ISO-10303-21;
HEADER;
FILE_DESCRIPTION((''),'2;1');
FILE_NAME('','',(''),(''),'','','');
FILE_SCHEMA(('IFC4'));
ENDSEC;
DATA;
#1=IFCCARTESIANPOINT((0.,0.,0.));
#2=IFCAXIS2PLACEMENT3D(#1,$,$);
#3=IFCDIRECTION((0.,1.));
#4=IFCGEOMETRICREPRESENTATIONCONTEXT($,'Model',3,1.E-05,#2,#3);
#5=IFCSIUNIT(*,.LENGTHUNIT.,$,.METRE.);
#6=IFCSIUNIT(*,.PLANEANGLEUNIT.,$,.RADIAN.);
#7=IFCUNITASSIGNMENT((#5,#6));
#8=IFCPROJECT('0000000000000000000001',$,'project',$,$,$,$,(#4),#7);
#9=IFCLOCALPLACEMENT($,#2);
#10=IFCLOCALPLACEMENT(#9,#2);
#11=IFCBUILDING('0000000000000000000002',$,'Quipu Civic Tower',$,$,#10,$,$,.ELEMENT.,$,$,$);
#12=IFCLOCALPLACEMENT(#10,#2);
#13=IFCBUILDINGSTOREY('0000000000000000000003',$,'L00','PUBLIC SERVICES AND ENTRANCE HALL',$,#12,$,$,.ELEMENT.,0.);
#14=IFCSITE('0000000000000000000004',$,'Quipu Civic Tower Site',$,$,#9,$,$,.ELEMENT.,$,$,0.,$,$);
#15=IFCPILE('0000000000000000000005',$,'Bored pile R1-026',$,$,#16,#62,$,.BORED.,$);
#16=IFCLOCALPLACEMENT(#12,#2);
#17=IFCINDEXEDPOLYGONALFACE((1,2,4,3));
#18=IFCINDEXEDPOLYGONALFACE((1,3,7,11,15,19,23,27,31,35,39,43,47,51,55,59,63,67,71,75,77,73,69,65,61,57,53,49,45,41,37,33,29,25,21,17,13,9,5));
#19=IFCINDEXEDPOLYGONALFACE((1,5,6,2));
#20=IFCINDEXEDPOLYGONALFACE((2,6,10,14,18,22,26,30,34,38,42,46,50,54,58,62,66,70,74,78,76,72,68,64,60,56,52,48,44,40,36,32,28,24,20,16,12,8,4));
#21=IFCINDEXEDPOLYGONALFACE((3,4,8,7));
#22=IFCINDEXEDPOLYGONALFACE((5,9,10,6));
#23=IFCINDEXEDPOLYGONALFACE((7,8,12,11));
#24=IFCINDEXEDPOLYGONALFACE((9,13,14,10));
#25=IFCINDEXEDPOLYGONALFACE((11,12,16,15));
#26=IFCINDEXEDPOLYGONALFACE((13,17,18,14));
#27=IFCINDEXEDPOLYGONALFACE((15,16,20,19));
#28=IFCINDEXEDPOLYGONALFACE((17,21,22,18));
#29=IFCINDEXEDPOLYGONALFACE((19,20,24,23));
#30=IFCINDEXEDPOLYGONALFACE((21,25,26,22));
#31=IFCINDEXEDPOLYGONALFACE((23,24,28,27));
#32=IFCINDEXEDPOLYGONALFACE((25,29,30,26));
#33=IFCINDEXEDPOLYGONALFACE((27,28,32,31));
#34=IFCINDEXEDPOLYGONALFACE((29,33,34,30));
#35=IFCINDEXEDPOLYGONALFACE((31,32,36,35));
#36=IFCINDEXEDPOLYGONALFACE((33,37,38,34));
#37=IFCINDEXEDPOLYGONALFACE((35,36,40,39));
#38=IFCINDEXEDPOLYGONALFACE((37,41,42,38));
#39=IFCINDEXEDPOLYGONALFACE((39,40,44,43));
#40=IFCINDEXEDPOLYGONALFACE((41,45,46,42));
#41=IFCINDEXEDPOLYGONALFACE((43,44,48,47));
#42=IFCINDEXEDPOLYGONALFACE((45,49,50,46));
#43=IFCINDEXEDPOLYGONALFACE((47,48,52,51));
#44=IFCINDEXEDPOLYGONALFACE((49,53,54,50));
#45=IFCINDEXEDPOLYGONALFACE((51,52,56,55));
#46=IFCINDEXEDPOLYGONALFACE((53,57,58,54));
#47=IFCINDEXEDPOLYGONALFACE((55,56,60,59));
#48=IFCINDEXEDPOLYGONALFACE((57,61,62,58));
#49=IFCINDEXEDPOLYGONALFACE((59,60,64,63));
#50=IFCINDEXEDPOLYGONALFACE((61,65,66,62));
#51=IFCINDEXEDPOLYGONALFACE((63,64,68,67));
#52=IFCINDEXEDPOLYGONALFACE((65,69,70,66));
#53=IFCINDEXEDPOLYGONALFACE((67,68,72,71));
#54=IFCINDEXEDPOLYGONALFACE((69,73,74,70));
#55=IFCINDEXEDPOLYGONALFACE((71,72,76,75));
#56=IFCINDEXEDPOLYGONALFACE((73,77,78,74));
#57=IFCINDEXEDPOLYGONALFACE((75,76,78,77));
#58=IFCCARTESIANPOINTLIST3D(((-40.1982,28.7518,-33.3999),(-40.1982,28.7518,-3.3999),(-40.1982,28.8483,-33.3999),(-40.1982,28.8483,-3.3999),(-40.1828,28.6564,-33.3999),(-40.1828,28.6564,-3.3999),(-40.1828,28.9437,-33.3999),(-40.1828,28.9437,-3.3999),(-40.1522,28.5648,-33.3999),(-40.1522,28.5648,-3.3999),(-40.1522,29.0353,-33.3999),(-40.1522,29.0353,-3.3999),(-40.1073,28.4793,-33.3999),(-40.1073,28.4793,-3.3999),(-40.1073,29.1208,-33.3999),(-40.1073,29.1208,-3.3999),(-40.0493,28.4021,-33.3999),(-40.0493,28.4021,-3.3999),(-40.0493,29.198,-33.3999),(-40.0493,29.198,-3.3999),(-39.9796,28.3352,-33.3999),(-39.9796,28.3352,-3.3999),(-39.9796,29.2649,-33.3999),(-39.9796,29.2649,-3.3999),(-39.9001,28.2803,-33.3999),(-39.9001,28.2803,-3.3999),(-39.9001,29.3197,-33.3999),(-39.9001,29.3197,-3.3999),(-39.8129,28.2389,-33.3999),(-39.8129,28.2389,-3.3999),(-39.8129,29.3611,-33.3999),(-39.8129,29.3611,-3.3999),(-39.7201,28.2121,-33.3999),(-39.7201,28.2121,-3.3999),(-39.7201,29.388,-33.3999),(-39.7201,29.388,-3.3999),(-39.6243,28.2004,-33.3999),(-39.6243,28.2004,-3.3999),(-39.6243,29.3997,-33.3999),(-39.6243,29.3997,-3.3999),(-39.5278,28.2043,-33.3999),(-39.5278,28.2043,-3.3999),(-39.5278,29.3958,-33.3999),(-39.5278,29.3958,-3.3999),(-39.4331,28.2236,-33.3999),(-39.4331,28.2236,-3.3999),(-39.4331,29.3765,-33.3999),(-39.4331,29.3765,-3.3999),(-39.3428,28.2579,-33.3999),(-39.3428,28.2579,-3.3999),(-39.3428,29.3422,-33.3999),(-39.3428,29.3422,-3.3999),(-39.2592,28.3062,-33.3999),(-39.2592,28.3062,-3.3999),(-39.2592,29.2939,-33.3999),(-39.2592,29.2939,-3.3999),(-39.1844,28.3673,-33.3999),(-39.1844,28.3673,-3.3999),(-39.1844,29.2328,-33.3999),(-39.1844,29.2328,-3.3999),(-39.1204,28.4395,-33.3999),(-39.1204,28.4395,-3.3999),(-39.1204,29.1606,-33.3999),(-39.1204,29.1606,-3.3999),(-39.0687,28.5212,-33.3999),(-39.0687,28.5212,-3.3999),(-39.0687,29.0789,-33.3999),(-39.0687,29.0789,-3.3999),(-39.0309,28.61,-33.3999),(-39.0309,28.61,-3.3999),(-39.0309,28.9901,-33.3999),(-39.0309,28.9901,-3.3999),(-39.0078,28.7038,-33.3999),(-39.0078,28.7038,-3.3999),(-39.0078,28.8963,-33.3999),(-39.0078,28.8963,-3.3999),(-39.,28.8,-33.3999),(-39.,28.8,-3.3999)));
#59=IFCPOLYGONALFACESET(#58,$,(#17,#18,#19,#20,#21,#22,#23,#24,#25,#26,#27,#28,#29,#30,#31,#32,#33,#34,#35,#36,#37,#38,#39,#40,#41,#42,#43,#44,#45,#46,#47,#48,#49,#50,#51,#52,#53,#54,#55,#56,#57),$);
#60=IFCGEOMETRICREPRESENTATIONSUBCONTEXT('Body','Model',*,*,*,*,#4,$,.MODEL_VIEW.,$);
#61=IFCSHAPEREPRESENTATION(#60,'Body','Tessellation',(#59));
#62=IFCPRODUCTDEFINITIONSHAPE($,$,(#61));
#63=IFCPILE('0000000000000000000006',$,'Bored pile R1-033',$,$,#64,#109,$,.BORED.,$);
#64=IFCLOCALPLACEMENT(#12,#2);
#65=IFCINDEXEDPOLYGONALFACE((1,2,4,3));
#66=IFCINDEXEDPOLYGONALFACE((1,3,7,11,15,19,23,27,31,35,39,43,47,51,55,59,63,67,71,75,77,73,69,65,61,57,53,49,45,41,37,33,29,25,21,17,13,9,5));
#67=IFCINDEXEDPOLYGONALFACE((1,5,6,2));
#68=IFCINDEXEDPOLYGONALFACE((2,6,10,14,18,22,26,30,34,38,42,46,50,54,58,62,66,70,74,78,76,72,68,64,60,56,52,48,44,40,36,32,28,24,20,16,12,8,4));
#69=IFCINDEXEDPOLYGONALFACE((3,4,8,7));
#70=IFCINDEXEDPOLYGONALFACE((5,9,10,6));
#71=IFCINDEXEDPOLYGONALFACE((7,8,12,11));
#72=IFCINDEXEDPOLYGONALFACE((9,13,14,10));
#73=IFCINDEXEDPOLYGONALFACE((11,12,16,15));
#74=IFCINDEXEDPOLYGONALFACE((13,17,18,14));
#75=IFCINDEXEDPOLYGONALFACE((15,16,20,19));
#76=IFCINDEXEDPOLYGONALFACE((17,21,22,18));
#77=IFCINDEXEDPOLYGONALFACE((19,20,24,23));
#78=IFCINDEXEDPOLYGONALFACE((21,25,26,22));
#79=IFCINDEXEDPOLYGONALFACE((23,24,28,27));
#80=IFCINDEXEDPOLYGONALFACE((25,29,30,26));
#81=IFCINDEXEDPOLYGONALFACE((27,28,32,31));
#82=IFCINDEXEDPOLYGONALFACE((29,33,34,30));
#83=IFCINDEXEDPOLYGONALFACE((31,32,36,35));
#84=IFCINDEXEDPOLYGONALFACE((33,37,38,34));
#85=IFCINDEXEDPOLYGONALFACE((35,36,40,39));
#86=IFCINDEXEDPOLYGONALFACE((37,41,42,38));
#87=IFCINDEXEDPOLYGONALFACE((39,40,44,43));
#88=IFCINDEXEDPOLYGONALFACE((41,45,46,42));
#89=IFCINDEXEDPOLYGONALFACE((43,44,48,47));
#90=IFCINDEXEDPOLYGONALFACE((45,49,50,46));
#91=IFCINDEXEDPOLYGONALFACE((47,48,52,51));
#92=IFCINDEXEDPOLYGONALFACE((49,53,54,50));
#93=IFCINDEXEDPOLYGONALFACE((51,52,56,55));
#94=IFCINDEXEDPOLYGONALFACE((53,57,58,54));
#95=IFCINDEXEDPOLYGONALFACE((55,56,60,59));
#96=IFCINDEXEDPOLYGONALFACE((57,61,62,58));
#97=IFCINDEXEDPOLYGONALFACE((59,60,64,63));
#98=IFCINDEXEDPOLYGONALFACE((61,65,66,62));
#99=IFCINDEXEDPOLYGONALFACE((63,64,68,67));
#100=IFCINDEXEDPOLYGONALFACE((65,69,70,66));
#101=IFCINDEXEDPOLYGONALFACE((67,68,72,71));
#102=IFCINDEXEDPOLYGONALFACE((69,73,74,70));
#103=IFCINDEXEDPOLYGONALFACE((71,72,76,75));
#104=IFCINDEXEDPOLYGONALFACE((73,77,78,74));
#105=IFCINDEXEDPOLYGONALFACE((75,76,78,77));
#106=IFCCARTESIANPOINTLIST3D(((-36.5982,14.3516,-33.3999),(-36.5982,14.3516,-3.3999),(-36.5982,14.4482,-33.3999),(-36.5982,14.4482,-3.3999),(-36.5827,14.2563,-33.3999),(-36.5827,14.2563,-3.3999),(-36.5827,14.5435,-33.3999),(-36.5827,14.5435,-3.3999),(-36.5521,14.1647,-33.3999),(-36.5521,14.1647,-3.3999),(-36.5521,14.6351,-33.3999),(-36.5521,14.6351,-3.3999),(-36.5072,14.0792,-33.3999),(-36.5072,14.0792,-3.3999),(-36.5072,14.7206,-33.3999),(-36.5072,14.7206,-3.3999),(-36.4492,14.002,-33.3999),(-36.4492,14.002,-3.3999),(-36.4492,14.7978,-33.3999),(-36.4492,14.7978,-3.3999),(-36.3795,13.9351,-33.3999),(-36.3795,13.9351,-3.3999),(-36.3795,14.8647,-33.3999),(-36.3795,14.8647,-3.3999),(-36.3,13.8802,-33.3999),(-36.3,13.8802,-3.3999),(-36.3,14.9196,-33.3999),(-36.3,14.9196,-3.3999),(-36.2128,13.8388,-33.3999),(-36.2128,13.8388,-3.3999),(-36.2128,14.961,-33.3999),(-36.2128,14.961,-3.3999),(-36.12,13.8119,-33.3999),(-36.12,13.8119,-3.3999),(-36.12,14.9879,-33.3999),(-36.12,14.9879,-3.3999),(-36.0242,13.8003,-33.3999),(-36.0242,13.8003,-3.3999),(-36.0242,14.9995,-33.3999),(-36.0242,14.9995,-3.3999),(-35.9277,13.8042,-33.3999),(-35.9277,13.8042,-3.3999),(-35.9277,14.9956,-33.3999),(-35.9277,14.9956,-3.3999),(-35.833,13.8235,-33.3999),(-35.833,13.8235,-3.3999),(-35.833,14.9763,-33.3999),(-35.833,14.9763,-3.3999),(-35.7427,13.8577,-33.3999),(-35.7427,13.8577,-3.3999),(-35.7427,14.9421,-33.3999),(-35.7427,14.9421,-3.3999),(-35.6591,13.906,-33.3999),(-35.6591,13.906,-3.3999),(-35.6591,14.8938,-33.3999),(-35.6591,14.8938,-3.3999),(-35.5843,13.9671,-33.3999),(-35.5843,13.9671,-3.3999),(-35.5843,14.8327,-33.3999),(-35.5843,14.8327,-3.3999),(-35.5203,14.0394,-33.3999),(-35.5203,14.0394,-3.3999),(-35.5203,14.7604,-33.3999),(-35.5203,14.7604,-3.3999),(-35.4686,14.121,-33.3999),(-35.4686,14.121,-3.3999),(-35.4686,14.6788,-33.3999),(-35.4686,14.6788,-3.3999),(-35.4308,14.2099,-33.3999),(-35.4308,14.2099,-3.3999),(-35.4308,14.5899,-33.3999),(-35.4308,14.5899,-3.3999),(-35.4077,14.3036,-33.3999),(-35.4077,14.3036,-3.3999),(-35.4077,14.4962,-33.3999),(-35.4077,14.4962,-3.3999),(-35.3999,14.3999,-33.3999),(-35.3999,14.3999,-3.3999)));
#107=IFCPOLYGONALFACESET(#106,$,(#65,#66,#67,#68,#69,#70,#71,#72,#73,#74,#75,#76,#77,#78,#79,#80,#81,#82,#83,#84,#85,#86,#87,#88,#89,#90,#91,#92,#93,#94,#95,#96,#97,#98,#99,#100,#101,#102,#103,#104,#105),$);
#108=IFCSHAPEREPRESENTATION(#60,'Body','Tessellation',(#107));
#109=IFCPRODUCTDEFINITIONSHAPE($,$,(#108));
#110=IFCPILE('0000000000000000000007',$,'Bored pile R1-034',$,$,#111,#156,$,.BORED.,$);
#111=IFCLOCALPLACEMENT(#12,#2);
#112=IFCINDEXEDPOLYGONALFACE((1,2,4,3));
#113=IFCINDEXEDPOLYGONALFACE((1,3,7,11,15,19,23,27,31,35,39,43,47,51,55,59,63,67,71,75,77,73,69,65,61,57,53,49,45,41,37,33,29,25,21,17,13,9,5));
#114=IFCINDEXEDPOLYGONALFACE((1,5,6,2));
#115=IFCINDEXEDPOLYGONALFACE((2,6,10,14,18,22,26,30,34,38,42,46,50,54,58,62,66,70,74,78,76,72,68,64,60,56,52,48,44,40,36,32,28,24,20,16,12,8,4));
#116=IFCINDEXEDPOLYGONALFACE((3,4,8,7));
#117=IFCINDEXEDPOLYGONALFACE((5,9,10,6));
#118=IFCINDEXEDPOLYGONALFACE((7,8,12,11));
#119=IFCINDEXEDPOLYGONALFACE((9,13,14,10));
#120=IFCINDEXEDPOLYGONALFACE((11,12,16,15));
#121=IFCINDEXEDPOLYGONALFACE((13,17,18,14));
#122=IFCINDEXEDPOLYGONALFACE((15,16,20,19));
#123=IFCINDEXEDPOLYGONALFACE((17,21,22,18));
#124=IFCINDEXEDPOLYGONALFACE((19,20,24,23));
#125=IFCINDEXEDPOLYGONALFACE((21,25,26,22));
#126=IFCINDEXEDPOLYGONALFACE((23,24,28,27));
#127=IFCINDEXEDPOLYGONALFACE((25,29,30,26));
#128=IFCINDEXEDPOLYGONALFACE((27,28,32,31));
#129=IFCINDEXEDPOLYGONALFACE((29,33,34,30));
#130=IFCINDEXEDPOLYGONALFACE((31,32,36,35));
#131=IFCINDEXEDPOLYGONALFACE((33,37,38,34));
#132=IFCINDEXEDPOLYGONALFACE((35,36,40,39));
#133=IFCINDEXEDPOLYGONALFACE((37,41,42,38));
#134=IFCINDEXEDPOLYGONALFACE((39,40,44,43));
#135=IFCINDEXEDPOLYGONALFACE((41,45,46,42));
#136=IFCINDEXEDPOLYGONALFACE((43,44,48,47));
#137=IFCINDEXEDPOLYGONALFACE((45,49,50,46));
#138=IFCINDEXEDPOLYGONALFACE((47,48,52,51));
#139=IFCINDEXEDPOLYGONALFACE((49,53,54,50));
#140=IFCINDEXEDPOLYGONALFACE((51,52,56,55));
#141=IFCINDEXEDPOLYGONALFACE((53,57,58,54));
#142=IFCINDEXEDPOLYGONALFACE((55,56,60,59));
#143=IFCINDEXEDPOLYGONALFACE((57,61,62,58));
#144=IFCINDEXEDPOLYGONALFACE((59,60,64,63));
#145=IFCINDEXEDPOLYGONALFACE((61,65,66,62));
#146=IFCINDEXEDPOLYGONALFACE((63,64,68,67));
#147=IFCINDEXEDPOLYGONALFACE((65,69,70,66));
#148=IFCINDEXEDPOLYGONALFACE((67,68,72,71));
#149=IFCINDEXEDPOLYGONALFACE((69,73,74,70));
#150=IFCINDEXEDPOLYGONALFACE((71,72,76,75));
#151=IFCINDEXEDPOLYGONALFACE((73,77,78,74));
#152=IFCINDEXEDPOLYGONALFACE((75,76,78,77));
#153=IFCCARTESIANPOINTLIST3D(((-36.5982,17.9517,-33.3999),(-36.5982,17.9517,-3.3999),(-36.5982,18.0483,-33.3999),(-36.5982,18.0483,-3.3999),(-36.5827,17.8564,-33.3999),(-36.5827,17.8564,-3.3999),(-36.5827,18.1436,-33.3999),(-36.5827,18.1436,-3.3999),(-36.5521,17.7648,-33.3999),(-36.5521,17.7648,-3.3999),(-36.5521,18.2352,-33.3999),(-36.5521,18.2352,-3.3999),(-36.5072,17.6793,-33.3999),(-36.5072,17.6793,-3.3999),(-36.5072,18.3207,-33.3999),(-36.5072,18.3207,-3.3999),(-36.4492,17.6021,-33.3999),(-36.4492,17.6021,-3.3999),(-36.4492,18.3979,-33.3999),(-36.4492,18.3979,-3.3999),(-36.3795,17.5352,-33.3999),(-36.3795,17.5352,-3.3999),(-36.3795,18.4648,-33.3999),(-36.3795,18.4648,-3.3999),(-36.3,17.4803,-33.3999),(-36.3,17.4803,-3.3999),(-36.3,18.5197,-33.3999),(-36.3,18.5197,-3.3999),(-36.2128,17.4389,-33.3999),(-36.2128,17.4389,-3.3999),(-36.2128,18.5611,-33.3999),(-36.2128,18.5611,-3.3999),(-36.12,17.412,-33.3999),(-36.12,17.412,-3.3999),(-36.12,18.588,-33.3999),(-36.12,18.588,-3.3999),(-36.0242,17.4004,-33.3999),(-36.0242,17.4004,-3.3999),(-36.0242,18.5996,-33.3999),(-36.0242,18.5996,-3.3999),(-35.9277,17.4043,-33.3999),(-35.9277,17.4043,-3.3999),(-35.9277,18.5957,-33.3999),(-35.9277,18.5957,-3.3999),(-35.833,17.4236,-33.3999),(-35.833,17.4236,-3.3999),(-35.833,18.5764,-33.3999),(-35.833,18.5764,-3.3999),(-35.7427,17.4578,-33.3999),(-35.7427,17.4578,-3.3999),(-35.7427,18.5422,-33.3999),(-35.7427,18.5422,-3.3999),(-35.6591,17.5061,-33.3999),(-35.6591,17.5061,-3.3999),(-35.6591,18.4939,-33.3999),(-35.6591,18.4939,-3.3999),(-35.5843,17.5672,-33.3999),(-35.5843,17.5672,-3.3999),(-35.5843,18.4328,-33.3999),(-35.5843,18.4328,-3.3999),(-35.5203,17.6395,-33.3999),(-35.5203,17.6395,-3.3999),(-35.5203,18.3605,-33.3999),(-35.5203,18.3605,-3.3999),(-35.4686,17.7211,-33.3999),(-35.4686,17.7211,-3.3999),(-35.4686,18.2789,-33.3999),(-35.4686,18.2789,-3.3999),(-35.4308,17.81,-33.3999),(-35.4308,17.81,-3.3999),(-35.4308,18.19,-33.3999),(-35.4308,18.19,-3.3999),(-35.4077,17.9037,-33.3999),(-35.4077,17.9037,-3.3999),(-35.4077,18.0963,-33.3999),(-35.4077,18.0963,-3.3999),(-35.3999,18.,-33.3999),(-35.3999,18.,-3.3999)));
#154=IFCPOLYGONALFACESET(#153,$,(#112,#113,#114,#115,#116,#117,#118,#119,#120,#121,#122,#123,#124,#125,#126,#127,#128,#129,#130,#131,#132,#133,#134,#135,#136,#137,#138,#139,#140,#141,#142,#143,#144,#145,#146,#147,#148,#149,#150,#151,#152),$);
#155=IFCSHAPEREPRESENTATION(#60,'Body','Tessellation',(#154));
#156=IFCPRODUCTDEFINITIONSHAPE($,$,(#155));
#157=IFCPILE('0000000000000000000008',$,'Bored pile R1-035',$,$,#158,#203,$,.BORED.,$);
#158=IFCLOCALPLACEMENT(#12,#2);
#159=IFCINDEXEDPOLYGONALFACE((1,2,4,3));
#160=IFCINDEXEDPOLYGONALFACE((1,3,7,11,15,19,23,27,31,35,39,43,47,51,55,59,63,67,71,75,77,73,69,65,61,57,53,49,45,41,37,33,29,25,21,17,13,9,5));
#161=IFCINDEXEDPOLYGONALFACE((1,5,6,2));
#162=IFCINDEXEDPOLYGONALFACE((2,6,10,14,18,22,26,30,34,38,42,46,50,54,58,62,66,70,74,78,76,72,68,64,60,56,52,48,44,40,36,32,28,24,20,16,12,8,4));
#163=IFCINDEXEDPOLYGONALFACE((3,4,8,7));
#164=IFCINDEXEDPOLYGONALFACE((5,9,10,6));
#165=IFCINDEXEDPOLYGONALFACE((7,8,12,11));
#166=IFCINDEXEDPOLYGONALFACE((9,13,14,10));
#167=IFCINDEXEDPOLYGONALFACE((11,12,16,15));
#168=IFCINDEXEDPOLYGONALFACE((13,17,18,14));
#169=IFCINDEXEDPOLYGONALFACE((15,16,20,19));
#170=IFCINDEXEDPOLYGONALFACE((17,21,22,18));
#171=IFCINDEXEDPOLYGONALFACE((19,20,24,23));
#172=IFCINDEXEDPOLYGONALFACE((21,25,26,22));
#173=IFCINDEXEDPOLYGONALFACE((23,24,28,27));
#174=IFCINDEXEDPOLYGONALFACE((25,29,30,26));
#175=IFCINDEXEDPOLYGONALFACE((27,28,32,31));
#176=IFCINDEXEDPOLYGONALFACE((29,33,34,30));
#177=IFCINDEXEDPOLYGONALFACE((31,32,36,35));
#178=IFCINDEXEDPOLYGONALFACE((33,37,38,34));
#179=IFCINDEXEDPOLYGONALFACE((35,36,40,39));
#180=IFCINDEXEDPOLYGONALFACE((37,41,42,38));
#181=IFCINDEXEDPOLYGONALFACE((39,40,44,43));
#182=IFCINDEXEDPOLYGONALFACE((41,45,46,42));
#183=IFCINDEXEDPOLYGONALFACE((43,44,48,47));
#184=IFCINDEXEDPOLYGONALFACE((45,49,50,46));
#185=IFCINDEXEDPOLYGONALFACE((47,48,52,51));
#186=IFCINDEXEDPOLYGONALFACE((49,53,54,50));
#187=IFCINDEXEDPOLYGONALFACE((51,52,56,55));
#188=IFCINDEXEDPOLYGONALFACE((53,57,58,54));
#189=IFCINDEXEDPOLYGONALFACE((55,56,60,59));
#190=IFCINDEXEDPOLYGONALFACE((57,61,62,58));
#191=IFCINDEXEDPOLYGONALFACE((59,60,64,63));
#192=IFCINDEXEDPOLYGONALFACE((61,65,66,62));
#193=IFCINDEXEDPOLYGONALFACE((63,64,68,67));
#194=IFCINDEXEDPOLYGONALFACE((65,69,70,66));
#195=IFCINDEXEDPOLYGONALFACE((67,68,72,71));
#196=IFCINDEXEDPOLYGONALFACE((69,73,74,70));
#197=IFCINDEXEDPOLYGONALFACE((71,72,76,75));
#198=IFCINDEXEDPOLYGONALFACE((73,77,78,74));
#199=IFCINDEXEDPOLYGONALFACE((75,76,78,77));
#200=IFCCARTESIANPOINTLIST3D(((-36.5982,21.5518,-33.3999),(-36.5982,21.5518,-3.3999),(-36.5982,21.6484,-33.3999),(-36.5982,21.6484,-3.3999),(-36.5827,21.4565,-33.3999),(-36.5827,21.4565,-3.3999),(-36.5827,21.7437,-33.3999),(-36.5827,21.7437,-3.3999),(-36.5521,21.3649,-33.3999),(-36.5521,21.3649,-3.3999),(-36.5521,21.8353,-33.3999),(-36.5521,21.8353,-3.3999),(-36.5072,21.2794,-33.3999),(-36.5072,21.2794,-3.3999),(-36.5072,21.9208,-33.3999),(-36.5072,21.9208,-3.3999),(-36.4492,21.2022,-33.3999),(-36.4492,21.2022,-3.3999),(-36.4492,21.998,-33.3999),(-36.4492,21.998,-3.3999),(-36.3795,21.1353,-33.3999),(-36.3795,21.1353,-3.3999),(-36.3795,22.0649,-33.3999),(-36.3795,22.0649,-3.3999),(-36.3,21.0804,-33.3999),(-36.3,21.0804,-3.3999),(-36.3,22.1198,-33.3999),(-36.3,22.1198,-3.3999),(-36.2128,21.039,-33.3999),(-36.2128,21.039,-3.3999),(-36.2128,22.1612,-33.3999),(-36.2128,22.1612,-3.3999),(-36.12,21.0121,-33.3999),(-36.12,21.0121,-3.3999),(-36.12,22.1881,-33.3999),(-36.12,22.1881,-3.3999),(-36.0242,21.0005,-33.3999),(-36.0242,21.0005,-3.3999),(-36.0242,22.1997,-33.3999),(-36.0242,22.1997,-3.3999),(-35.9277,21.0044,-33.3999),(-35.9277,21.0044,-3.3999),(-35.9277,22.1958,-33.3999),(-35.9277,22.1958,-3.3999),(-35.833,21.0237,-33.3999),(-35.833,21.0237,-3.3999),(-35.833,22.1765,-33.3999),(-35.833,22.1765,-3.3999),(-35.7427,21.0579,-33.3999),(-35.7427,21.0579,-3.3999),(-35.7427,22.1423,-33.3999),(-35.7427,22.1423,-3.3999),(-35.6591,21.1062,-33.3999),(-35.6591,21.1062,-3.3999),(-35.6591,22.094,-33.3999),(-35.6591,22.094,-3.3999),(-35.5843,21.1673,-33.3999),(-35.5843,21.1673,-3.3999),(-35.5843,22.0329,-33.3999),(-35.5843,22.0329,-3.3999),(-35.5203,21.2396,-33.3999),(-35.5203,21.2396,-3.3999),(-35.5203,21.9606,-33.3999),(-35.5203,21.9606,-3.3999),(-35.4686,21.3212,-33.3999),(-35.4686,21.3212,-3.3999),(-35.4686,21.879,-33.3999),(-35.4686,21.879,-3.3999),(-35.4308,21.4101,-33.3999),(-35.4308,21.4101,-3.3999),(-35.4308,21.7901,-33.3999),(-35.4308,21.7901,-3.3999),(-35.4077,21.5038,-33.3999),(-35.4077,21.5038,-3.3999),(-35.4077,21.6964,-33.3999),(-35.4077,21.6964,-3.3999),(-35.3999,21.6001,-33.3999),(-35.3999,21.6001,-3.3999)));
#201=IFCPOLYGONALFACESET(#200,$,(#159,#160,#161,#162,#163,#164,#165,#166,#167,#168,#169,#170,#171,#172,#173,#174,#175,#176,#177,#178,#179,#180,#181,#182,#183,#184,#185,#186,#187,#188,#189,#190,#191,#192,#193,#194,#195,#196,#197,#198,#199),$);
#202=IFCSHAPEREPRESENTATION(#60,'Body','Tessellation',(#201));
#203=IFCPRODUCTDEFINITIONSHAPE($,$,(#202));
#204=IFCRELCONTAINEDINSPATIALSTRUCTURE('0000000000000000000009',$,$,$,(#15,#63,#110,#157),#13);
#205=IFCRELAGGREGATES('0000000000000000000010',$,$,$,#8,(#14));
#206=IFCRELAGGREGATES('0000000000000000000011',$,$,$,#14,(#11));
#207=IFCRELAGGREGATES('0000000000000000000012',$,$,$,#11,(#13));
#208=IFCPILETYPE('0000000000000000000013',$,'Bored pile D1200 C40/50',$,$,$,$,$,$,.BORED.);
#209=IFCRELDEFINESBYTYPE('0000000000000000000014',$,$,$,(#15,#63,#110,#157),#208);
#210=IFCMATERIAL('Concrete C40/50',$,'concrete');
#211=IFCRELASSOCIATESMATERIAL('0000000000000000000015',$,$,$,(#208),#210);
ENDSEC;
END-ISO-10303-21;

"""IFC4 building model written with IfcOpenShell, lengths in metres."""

from ifc_helpers import new_model, si_unit, direction, frame, origin, origin_2d, place, context, subcontext, project, spatial, circle, extrude, material, material_profile, profile_set, type_object, element, save


model = new_model("IFC4")

# Units and contexts
model_context = context("Model", 3, precision=1e-05, world=origin(), true_north=direction((0.0, 1.0)))
body_context = subcontext(model_context, "Body", "Model", "MODEL_VIEW")
ifc_project = project(units=[si_unit("LENGTHUNIT", "METRE"), si_unit("PLANEANGLEUNIT", "RADIAN")], contexts=[model_context])

# Site, building, storey
site_placement = place(None, origin())
site = spatial("IfcSite", under=ifc_project, at=site_placement, Name="Quipu Civic Tower Site", CompositionType="ELEMENT", RefElevation=0.0)
building_placement = place(site_placement, origin())
building = spatial("IfcBuilding", under=site, at=building_placement, Name="Quipu Civic Tower", CompositionType="ELEMENT")
storey_placement = place(building_placement, origin())
storey = spatial("IfcBuildingStorey", under=building, at=storey_placement, Name="L00", Description="PUBLIC SERVICES AND ENTRANCE HALL", CompositionType="ELEMENT", Elevation=0.0)

# Piles
ifc_material_1 = material(Name="Concrete C40/50", Category="concrete")
ifc_material_profile = material_profile(ifc_material_1, circle(Radius=0.6001, at=origin_2d()), Name="RCD1200")
ifc_profile_set = profile_set([ifc_material_profile], Name="Concrete C40/50")
pile_type = type_object("IfcPileType", Name="Bored pile D1200 C40/50", PredefinedType="BORED", material=ifc_profile_set)
for number, where, z_axis, x_axis, name in (
    (1, (-39.6001, 28.8, -3.3999), (0.0, 0.0, -1.0), (1.0, 0.0, 0.0), "Bored pile R1-026"),
    (2, (-36.0, 14.3999, -3.3999), (0.0, 0.0, -1.0), (1.0, 0.0, 0.0), "Bored pile R1-033"),
    (3, (-36.0, 18.0, -3.3999), (0.0, 0.0, -1.0), (1.0, 0.0, 0.0), "Bored pile R1-034"),
    (4, (-36.0, 21.6001, -3.3999), (0.0, 0.0, -1.0), (1.0, 0.0, 0.0), "Bored pile R1-035"),
):
    element("IfcPile", number, at=place(storey_placement, frame(where, z_axis=z_axis, x_axis=x_axis)), inside=storey, type_object=pile_type, Name=name, PredefinedType="BORED", context=body_context, shape_type="SweptSolid", body=[
        extrude(circle(Radius=0.6001, at=origin_2d()), origin(), (0.0, 0.0, 1.0), 30.0),
    ])

save(model, "model.ifc")
